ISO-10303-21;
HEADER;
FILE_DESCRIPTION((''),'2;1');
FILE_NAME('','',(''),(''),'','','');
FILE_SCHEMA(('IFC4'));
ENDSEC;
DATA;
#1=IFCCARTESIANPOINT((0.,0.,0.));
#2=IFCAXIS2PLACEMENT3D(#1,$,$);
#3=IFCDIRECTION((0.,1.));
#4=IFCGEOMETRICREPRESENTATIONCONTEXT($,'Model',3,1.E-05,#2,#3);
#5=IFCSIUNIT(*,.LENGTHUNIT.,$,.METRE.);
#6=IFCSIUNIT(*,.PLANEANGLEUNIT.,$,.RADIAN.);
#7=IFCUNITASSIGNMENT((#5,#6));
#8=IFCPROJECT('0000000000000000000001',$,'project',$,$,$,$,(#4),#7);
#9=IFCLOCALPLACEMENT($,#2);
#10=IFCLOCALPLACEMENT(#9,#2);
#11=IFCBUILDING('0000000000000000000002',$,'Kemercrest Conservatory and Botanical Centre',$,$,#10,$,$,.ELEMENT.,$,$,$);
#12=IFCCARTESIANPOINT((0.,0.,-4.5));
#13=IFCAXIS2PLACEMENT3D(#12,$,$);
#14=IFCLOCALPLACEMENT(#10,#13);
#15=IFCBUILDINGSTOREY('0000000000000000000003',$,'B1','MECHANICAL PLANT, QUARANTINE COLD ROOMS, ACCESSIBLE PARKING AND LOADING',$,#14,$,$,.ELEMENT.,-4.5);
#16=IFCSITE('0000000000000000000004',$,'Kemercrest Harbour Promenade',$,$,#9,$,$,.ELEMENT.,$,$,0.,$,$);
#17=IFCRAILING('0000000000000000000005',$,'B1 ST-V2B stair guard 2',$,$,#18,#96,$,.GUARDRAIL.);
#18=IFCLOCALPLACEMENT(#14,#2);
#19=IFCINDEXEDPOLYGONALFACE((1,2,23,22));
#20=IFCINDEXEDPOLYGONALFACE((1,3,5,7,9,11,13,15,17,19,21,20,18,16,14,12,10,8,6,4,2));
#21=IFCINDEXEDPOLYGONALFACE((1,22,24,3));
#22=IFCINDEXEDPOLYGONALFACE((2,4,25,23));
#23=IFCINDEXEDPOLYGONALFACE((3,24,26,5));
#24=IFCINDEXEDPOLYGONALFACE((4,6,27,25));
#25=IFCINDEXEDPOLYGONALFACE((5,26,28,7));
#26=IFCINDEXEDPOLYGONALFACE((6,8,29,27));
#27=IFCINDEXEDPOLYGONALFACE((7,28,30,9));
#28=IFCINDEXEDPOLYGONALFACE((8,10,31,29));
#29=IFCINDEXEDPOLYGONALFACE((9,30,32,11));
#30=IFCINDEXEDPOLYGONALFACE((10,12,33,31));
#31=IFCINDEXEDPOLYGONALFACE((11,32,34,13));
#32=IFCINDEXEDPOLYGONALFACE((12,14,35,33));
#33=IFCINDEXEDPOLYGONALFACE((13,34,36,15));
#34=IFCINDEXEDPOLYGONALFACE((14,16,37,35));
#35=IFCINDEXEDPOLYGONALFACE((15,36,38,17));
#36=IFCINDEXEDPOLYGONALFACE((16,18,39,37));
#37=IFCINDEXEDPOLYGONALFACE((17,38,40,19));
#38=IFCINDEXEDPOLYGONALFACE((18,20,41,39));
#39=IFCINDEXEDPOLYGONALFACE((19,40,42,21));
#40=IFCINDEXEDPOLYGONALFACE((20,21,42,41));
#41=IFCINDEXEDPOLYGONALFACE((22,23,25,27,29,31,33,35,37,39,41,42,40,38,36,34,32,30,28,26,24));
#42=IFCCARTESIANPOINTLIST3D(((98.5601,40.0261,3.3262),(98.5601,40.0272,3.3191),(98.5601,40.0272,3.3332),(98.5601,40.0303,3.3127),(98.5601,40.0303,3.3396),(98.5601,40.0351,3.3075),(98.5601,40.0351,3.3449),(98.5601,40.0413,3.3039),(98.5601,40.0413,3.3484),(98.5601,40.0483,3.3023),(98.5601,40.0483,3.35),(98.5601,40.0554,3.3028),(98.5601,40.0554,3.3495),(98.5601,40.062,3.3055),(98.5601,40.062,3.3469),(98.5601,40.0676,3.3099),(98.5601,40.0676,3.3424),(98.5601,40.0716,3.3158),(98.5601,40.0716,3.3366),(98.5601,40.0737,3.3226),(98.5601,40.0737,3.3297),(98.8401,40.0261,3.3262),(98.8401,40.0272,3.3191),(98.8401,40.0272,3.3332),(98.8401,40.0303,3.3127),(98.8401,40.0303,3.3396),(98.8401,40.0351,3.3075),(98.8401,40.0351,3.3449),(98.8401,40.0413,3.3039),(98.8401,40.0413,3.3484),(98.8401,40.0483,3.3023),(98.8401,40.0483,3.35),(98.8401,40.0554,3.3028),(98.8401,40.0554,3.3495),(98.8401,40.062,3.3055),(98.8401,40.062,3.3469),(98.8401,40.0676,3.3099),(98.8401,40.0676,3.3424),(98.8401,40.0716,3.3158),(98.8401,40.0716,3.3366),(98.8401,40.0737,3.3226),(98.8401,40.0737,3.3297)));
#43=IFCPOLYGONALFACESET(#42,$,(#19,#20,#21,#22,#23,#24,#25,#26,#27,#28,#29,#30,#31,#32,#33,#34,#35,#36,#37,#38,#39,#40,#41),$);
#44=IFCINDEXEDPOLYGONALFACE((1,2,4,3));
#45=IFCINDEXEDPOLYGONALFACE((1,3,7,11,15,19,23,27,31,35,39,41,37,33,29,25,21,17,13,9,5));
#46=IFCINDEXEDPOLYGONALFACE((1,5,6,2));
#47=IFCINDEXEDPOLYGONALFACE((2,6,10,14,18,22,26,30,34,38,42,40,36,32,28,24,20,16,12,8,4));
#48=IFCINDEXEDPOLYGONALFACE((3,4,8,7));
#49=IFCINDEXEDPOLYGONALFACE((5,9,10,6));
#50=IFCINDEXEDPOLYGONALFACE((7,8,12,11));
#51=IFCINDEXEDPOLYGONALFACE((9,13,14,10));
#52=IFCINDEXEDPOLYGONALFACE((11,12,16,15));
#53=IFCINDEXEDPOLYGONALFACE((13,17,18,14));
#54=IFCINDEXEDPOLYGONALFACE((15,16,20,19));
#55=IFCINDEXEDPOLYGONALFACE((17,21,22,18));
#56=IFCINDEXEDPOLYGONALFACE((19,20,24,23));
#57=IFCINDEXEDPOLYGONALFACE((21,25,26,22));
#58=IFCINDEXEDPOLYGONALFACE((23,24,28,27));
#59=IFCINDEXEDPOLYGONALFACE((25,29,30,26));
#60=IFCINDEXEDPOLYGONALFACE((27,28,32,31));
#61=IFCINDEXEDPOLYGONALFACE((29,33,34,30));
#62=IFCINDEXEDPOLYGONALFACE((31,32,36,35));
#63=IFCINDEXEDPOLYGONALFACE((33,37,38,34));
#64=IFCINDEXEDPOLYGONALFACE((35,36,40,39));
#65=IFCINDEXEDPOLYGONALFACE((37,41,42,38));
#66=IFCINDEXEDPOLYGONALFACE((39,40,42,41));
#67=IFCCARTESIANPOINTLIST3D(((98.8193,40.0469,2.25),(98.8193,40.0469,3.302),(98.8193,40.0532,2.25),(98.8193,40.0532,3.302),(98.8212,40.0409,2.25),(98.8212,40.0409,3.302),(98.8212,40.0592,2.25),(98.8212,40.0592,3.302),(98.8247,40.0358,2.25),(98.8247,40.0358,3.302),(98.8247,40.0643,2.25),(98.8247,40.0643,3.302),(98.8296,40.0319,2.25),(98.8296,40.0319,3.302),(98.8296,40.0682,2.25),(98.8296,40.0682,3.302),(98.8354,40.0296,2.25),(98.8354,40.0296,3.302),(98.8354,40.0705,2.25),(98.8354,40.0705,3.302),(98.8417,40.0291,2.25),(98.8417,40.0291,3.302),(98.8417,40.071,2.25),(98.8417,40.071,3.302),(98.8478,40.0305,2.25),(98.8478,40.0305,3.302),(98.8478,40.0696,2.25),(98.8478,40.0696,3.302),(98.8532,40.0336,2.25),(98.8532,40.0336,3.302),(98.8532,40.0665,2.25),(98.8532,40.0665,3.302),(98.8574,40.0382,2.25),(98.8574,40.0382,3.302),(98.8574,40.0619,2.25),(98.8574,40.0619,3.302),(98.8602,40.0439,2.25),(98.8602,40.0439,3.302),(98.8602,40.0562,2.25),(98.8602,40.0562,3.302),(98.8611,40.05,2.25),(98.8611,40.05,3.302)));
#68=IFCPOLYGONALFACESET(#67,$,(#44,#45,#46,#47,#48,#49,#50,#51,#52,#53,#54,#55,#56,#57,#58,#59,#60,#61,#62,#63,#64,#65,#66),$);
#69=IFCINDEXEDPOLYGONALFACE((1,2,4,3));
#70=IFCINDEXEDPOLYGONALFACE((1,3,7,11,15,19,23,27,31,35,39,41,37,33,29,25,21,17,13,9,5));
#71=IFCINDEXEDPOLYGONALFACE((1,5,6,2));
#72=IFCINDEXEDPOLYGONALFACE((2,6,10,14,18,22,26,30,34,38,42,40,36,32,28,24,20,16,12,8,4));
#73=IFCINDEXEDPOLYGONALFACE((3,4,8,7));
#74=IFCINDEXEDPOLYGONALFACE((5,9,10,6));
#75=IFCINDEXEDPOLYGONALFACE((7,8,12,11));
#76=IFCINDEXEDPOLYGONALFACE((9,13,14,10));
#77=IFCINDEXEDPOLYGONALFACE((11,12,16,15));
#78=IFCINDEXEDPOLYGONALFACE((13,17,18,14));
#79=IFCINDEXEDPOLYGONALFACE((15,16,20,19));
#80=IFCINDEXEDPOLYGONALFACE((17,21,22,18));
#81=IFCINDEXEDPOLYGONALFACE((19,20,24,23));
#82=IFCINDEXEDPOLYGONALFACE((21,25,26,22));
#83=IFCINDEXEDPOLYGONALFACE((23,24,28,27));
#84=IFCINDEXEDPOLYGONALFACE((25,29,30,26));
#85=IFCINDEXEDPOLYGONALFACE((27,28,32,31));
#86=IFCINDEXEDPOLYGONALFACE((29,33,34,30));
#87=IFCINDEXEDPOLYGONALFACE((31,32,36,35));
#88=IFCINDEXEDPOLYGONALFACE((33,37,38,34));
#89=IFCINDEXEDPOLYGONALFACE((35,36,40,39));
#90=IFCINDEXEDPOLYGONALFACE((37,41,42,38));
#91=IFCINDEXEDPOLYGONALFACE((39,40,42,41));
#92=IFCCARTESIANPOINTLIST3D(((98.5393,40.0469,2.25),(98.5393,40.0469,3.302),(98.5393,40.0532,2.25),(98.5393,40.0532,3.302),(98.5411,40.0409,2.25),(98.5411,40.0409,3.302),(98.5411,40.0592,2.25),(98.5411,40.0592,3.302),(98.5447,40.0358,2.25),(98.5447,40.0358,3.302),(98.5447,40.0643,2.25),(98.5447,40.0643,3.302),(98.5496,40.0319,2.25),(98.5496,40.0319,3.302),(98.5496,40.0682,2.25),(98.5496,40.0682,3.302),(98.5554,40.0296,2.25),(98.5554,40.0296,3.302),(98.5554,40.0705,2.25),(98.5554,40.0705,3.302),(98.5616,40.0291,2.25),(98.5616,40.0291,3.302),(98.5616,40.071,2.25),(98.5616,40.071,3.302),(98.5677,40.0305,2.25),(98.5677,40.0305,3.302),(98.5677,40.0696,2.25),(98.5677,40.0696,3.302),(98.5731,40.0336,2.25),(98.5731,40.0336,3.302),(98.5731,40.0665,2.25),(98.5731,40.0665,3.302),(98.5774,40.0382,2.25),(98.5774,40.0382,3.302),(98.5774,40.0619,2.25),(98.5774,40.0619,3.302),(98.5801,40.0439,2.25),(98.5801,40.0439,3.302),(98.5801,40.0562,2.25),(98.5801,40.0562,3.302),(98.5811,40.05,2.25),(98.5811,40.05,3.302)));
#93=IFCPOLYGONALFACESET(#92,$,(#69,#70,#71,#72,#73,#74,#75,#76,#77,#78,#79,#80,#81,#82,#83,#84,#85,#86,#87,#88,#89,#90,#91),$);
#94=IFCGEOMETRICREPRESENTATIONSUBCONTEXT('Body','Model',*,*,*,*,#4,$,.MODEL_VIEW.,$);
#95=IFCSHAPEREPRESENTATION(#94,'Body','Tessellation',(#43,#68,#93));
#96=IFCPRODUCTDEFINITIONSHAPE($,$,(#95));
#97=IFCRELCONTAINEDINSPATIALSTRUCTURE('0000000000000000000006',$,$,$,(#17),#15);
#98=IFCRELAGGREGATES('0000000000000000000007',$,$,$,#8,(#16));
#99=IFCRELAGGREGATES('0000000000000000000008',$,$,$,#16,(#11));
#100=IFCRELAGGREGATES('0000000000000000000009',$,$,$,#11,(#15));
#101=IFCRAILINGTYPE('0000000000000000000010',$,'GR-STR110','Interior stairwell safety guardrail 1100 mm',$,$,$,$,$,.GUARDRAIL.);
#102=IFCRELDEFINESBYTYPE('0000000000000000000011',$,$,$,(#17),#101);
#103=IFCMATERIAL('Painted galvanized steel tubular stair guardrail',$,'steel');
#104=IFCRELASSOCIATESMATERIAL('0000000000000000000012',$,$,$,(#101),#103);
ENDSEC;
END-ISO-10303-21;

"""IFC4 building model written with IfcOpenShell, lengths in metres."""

from ifc_helpers import new_model, si_unit, direction, frame, origin, origin_2d, place, context, subcontext, project, spatial, circle, extrude, material, type_object, element, save


model = new_model("IFC4")

# Units and contexts
model_context = context("Model", 3, precision=1e-05, world=origin(), true_north=direction((0.0, 1.0)))
body_context = subcontext(model_context, "Body", "Model", "MODEL_VIEW")
ifc_project = project(units=[si_unit("LENGTHUNIT", "METRE"), si_unit("PLANEANGLEUNIT", "RADIAN")], contexts=[model_context])

# Site, building, storey
site_placement = place(None, origin())
site = spatial("IfcSite", under=ifc_project, at=site_placement, Name="Kemercrest Harbour Promenade", CompositionType="ELEMENT", RefElevation=0.0)
building_placement = place(site_placement, origin())
building = spatial("IfcBuilding", under=site, at=building_placement, Name="Kemercrest Conservatory and Botanical Centre", CompositionType="ELEMENT")
storey_placement = place(building_placement, frame((0.0, 0.0, -4.5)))
storey = spatial("IfcBuildingStorey", under=building, at=storey_placement, Name="B1", Description="MECHANICAL PLANT, QUARANTINE COLD ROOMS, ACCESSIBLE PARKING AND LOADING", CompositionType="ELEMENT", Elevation=-4.5)

# Railing
ifc_material_1 = material(Name="Painted galvanized steel tubular stair guardrail", Category="steel")
railing_type_1 = type_object("IfcRailingType", Name="GR-STR110", Description="Interior stairwell safety guardrail 1100 mm", PredefinedType="GUARDRAIL", material=ifc_material_1)
railing_1_placement = place(storey_placement, frame((98.8401, 40.05, 2.25)))
element("IfcRailing", 1, at=railing_1_placement, inside=storey, type_object=railing_type_1, Name="B1 ST-V2B stair guard 2", PredefinedType="GUARDRAIL", context=body_context, shape_type="SweptSolid", body=[
    extrude(circle(Radius=0.0239, at=origin_2d()), frame((0.0, 0.0, 1.0762), z_axis=(-1.0, 0.0, 0.0), x_axis=(0.0, -1.0, 0.0)), (0.0, 0.0, 1.0), 0.28),
    extrude(circle(Radius=0.021, at=origin_2d()), origin(), (0.0, 0.0, 1.0), 1.052),
    extrude(circle(Radius=0.021, at=origin_2d()), frame((-0.28, 0.0, 0.0)), (0.0, 0.0, 1.0), 1.052),
])

save(model, "model.ifc")
